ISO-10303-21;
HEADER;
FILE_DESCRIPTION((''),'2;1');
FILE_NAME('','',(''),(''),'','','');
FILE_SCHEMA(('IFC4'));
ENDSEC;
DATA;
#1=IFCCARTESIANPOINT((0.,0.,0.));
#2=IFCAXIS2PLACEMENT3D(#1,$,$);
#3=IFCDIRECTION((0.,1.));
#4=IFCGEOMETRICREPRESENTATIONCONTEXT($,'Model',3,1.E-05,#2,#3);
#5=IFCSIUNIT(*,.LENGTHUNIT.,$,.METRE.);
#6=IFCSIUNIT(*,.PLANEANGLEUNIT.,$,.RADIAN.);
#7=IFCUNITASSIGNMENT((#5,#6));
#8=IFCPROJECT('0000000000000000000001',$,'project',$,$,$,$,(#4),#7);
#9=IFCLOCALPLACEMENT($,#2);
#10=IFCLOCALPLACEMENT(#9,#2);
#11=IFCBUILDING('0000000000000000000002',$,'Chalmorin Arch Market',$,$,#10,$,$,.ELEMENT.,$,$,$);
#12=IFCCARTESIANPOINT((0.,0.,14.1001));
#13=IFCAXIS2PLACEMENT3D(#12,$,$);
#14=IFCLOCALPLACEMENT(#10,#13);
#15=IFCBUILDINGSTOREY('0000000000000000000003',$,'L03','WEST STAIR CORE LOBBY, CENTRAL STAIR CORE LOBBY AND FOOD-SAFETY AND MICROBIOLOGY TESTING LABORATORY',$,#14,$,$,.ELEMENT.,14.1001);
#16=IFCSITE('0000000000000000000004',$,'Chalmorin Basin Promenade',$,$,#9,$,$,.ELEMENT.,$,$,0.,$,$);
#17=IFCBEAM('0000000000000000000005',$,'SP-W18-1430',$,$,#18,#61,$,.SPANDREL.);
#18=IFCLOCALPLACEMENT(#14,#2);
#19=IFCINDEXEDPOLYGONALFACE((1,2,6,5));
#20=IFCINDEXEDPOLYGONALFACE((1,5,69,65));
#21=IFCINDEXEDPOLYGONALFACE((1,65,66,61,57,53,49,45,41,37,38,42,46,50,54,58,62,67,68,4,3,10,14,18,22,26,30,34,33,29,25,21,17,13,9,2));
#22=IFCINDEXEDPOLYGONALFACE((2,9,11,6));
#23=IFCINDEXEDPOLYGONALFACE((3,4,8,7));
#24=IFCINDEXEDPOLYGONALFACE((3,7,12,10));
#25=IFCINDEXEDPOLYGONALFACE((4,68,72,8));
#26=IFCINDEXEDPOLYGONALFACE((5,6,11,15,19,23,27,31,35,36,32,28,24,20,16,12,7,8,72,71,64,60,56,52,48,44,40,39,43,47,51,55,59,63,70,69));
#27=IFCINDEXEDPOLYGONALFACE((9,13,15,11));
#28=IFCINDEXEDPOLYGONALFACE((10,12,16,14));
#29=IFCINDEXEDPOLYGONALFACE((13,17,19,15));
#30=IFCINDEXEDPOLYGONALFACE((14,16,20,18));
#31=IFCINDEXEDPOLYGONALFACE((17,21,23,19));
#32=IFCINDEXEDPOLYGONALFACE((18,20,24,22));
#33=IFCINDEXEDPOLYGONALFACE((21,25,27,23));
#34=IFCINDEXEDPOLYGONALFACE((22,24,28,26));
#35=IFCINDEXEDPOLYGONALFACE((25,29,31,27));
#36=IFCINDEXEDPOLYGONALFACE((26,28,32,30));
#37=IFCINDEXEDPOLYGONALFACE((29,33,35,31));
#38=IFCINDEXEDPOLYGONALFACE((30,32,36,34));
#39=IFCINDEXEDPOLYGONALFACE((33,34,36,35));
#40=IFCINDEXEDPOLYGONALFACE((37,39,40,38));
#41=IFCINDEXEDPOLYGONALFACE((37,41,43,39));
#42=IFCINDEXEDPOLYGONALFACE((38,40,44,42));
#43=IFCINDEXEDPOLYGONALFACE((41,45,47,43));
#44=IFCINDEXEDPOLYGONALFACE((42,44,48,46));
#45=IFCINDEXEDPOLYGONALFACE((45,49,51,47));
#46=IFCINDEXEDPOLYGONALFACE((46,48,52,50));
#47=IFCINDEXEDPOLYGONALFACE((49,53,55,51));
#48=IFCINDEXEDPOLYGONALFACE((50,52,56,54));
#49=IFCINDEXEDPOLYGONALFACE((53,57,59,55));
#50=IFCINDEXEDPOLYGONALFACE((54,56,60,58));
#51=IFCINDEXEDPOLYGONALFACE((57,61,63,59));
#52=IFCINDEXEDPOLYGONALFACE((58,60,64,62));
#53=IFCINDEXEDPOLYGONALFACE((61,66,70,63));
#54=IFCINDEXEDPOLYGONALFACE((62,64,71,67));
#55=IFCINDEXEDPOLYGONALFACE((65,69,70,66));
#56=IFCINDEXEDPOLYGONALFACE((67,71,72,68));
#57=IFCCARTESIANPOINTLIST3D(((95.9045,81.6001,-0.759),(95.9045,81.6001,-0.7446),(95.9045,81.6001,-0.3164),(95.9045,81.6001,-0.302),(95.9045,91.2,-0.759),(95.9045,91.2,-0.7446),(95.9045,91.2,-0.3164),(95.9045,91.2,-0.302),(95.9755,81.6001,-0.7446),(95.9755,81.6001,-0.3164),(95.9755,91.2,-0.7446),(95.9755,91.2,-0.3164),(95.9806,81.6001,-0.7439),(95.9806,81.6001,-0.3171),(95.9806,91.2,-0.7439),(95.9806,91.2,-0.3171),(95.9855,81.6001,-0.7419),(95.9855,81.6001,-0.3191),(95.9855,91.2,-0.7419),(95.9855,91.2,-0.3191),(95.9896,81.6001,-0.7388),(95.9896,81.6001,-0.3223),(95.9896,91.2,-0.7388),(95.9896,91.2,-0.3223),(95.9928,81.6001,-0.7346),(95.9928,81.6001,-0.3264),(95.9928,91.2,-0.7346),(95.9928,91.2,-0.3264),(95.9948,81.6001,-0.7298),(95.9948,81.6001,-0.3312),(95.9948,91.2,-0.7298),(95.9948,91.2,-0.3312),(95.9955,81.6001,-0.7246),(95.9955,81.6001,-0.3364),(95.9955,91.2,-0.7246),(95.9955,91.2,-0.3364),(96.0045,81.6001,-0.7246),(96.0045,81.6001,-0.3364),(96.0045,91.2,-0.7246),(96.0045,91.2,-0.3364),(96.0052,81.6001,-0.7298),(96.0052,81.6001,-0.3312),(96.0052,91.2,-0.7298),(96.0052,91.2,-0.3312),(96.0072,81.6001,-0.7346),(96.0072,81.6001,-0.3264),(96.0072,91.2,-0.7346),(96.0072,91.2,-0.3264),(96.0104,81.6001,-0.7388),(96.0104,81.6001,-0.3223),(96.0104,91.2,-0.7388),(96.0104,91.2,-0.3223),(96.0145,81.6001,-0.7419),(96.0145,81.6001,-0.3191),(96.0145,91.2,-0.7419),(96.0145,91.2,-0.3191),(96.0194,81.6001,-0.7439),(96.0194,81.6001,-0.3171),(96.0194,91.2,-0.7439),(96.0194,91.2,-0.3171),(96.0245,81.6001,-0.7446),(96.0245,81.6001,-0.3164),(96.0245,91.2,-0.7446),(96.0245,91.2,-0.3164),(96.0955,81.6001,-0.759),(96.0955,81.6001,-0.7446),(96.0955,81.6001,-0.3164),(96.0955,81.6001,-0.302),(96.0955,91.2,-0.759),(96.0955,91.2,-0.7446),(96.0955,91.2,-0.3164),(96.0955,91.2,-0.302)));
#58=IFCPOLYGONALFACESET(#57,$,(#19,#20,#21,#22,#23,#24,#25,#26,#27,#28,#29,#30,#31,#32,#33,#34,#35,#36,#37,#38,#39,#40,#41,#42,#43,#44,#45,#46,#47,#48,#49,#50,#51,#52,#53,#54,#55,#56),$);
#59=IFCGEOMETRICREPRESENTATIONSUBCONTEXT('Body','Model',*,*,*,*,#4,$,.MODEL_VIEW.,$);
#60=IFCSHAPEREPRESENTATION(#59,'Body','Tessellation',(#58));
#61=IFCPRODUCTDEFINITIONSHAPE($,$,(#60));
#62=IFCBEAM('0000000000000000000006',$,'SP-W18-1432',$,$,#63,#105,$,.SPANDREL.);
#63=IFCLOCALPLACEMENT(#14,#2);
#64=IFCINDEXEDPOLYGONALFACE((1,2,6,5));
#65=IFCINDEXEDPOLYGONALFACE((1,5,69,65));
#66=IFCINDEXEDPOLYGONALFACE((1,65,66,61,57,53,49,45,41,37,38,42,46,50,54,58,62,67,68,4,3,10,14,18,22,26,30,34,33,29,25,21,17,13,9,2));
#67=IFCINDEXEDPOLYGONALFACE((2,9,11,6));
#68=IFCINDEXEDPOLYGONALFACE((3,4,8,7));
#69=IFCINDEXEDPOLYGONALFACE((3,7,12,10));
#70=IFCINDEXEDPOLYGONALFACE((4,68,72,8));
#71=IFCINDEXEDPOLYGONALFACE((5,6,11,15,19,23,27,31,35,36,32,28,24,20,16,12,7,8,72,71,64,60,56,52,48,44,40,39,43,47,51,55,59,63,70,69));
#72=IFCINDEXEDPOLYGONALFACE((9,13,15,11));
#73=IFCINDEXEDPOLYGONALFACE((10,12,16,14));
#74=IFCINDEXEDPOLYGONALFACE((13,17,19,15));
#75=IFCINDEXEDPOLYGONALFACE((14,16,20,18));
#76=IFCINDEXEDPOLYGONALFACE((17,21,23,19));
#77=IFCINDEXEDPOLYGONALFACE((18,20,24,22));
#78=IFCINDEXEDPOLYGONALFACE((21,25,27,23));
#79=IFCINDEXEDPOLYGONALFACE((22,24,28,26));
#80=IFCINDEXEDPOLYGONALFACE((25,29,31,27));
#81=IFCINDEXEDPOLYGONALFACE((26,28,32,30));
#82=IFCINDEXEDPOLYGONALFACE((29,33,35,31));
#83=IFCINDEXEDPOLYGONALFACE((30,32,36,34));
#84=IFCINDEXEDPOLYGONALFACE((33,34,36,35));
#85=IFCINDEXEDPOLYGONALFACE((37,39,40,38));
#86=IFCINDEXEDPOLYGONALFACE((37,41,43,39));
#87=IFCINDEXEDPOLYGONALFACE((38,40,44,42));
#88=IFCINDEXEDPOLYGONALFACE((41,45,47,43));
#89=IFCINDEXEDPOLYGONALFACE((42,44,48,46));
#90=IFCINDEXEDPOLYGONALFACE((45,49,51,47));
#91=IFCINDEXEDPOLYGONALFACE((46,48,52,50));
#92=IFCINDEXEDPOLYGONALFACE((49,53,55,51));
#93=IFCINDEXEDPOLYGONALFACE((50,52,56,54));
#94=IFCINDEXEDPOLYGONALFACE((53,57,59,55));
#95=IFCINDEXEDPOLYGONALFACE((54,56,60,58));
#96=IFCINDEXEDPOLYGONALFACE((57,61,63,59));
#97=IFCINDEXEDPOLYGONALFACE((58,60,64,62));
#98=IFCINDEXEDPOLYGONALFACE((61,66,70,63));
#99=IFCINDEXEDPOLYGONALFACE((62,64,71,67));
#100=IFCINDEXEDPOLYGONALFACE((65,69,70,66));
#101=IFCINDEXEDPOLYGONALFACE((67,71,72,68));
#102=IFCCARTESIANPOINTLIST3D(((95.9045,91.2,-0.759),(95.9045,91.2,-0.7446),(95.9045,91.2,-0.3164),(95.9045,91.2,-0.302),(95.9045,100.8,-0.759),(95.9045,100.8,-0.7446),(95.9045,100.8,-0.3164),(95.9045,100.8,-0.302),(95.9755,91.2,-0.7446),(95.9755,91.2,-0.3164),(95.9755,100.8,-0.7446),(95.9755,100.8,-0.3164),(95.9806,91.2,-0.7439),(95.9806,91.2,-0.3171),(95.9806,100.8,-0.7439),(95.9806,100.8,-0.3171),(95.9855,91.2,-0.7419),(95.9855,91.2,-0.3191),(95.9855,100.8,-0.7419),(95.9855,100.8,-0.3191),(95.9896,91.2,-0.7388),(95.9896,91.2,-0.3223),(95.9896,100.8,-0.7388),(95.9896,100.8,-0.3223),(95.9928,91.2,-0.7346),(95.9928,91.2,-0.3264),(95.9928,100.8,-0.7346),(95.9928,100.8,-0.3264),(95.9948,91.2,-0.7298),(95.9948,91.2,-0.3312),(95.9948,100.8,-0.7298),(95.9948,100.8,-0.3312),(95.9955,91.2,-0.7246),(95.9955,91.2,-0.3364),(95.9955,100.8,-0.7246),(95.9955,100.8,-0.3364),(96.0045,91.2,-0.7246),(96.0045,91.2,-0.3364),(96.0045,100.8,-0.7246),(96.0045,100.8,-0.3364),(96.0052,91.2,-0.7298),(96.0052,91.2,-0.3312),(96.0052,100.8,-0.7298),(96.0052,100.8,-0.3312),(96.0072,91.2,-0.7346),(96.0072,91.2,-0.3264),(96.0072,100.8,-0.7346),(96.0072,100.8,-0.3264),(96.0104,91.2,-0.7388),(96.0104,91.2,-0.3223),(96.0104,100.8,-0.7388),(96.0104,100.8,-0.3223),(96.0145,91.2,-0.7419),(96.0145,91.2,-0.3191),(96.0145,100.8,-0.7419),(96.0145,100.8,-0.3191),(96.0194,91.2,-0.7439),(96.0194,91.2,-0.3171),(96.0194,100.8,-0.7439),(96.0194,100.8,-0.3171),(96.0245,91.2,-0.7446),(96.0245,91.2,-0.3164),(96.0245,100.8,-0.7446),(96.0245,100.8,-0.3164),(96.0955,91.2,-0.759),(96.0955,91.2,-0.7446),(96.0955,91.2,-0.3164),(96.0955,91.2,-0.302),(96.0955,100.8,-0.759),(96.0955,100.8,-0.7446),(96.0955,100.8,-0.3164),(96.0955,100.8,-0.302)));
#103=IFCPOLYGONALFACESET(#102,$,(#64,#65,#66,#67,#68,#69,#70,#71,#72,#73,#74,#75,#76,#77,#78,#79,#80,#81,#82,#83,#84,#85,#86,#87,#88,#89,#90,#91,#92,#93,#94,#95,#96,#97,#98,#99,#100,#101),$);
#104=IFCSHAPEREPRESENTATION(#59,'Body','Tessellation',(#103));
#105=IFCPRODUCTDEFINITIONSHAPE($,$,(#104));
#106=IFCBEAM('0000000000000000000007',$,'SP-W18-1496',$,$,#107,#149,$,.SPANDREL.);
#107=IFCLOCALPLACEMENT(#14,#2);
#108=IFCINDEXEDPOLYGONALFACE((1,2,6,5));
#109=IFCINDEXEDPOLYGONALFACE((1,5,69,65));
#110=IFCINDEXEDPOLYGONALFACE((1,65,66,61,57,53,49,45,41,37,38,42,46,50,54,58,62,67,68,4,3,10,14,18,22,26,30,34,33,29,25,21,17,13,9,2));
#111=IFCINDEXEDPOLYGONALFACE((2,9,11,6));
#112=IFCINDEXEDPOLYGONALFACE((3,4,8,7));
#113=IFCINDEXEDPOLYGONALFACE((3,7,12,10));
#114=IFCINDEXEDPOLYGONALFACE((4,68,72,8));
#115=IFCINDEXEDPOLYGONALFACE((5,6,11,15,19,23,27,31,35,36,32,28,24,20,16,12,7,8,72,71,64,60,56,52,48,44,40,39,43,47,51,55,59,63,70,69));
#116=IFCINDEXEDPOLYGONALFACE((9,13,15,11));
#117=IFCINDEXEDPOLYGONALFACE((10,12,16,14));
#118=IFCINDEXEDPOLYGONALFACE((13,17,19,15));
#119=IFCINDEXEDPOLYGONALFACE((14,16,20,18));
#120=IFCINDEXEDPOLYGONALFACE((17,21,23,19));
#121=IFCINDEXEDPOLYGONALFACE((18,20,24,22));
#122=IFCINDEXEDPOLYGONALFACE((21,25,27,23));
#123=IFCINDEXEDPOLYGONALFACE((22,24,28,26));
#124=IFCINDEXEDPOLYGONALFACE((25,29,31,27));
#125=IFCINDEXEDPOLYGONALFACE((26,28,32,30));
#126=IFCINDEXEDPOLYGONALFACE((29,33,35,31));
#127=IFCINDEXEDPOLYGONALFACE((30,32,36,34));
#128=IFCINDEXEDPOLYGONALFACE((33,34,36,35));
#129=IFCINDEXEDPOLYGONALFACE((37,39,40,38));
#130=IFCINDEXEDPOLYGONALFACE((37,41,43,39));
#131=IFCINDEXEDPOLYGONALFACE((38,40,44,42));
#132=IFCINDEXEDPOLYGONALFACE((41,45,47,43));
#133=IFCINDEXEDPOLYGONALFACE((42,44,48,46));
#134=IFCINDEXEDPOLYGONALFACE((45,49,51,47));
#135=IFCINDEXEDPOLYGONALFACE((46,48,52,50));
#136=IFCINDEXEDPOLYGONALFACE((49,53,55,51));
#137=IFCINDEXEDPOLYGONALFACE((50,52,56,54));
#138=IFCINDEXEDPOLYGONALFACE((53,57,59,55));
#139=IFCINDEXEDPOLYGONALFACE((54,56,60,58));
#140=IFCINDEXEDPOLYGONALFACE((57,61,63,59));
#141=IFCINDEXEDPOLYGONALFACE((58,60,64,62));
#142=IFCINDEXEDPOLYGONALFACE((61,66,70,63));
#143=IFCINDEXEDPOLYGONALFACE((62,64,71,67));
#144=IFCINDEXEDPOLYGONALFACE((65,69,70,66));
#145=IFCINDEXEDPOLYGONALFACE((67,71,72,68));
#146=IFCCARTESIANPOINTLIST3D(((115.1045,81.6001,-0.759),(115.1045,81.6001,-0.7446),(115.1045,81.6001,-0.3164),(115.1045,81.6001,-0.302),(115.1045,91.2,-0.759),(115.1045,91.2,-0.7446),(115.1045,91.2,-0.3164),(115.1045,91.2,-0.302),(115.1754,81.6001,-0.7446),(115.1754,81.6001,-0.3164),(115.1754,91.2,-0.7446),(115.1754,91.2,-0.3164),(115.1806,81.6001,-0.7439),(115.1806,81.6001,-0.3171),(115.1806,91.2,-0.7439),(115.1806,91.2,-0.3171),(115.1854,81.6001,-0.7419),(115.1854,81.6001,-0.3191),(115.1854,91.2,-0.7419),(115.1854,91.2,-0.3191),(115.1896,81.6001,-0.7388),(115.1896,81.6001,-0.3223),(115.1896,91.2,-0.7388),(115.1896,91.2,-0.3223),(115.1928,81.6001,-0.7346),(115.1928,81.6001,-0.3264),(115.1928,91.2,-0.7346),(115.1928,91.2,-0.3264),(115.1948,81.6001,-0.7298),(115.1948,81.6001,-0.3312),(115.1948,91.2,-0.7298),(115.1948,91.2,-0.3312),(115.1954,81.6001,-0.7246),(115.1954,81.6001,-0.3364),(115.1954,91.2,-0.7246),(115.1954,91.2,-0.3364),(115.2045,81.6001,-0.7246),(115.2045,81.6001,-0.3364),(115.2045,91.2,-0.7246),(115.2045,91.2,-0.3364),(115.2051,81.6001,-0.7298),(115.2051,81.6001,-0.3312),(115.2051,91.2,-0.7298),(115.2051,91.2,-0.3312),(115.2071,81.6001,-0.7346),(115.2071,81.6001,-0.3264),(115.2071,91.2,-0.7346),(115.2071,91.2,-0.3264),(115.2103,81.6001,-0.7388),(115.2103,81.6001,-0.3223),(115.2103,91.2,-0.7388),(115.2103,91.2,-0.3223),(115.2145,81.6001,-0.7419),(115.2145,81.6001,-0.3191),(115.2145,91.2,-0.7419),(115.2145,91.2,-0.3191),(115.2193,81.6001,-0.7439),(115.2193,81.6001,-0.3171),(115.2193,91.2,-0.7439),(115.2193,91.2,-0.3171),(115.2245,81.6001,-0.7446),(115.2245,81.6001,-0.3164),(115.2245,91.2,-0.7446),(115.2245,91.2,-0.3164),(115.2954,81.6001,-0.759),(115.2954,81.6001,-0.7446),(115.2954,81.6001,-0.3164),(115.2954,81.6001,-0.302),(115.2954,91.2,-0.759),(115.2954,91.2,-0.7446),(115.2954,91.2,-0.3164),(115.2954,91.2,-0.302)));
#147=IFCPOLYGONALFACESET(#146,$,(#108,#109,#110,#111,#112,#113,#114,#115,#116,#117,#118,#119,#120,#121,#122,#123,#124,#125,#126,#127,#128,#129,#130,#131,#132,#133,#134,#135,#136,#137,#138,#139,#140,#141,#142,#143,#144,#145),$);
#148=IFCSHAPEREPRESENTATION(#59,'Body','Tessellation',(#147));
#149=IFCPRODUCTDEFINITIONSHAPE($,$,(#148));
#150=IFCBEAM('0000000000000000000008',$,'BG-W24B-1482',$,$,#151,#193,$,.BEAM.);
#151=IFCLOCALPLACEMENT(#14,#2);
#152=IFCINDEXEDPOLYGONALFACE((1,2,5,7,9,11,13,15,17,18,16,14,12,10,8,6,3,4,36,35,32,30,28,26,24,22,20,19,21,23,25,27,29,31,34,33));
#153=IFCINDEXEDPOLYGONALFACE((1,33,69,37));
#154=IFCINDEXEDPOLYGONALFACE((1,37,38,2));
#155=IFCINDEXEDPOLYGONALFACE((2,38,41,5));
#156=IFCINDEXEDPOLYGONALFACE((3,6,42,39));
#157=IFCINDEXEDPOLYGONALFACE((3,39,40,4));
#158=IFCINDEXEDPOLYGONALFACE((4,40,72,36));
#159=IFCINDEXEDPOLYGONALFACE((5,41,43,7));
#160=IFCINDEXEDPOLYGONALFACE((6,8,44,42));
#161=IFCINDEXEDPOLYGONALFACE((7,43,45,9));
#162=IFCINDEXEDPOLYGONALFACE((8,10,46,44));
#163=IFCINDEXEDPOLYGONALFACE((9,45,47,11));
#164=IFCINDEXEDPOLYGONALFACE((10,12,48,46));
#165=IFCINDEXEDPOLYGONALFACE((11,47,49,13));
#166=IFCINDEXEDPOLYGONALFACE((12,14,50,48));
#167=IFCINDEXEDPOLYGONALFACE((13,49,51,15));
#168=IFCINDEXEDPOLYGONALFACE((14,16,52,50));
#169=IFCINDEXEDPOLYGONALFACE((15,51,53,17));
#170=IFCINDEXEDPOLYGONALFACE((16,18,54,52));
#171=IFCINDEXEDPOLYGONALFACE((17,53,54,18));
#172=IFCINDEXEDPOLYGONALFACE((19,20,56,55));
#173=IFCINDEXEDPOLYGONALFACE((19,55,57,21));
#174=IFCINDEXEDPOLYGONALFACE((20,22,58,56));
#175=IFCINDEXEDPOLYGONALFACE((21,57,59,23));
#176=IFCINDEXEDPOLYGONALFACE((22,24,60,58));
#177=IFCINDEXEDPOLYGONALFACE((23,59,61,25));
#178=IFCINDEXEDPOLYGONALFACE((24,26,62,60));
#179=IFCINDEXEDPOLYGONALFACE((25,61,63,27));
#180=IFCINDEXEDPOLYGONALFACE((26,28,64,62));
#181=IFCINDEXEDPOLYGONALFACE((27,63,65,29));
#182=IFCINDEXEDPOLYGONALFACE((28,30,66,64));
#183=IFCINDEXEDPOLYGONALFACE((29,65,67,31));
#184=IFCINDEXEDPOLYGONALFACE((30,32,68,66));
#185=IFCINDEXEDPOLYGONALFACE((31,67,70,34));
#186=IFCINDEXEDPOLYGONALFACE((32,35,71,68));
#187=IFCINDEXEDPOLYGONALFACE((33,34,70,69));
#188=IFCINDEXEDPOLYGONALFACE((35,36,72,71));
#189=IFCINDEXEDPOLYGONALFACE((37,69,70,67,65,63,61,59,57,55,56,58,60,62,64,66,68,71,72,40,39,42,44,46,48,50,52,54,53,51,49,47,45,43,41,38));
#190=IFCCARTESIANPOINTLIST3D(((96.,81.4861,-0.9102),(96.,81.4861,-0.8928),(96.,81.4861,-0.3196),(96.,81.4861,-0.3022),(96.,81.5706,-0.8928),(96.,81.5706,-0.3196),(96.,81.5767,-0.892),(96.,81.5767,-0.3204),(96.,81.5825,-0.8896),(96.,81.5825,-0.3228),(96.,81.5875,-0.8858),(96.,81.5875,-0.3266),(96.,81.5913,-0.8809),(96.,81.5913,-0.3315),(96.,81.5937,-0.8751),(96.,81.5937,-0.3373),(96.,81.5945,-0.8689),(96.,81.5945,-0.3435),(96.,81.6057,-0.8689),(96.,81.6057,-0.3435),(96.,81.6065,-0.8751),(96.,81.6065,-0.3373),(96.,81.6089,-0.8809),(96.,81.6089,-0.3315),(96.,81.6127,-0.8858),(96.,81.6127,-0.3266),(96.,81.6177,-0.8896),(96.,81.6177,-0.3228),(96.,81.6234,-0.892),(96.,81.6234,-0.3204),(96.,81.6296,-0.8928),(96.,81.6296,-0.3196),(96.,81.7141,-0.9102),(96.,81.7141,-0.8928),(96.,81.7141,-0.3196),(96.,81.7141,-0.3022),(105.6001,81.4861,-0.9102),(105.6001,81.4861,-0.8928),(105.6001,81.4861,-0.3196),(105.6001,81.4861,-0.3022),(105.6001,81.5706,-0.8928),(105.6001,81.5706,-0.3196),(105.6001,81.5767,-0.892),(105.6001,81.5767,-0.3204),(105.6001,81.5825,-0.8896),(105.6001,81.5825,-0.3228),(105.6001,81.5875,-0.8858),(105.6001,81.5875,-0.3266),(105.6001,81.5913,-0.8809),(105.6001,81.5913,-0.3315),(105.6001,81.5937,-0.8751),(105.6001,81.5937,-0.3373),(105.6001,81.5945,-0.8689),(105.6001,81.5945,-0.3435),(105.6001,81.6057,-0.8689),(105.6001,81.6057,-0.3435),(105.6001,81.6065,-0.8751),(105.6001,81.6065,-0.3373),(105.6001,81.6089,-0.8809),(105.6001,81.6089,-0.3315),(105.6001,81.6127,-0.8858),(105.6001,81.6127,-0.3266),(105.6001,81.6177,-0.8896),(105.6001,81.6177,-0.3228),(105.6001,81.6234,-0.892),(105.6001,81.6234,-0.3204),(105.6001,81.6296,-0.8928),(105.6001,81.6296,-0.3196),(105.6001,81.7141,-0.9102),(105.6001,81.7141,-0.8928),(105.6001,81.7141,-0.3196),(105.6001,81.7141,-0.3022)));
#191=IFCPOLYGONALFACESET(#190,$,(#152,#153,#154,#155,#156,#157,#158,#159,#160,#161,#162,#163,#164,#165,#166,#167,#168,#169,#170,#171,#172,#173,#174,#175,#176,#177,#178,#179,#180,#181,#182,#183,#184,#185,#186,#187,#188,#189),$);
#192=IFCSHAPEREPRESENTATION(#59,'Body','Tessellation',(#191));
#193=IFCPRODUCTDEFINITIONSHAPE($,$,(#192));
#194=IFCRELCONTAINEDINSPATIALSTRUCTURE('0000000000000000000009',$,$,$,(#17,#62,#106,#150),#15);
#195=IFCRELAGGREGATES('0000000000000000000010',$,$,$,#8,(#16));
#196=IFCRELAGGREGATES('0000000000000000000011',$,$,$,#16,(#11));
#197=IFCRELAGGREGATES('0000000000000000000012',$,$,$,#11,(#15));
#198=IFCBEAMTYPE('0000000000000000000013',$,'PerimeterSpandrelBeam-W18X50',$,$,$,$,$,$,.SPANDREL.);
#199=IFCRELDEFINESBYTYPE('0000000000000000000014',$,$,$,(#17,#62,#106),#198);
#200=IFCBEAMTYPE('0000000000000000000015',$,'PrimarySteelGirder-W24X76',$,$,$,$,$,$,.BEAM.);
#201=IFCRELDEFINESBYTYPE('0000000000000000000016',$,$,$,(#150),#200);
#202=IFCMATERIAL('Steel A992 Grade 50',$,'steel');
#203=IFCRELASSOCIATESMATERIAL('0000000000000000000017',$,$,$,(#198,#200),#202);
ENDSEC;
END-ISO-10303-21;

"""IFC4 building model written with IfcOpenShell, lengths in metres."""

from ifc_helpers import new_model, si_unit, direction, frame, origin, origin_2d, place, context, subcontext, project, spatial, i_section, extrude, material, material_profile, profile_set, type_object, element, save


model = new_model("IFC4")

# Units and contexts
model_context = context("Model", 3, precision=1e-05, world=origin(), true_north=direction((0.0, 1.0)))
body_context = subcontext(model_context, "Body", "Model", "MODEL_VIEW")
ifc_project = project(units=[si_unit("LENGTHUNIT", "METRE"), si_unit("PLANEANGLEUNIT", "RADIAN")], contexts=[model_context])

# Site, building, storey
site_placement = place(None, origin())
site = spatial("IfcSite", under=ifc_project, at=site_placement, Name="Chalmorin Basin Promenade", CompositionType="ELEMENT", RefElevation=0.0)
building_placement = place(site_placement, origin())
building = spatial("IfcBuilding", under=site, at=building_placement, Name="Chalmorin Arch Market", CompositionType="ELEMENT")
storey_placement = place(building_placement, frame((0.0, 0.0, 14.1001)))
storey = spatial("IfcBuildingStorey", under=building, at=storey_placement, Name="L03", Description="WEST STAIR CORE LOBBY, CENTRAL STAIR CORE LOBBY AND FOOD-SAFETY AND MICROBIOLOGY TESTING LABORATORY", CompositionType="ELEMENT", Elevation=14.1001)

# Beams
ifc_material_1 = material(Name="Steel A992 Grade 50", Category="steel")
ifc_material_profile_1 = material_profile(ifc_material_1, i_section(OverallWidth=0.1909, OverallDepth=0.457, WebThickness=0.009, FlangeThickness=0.0144, FilletRadius=0.02, at=origin_2d()), Name="W18X50")
ifc_profile_set_1 = profile_set([ifc_material_profile_1], Name="Steel A992 Grade 50")
beam_type_1 = type_object("IfcBeamType", Name="PerimeterSpandrelBeam-W18X50", PredefinedType="SPANDREL", material=ifc_profile_set_1)
beam_1_placement = place(storey_placement, frame((96.0, 81.6001, -0.5305), z_axis=(0.0, 1.0, 0.0), x_axis=(-1.0, 0.0, 0.0)))
element("IfcBeam", 1, at=beam_1_placement, inside=storey, type_object=beam_type_1, Name="SP-W18-1430", PredefinedType="SPANDREL", context=body_context, shape_type="SweptSolid", body=[
    extrude(i_section(OverallWidth=0.1909, OverallDepth=0.457, WebThickness=0.009, FlangeThickness=0.0144, FilletRadius=0.02, at=origin_2d()), origin(), (0.0, 0.0, 1.0), 9.5999),
])
beam_2_placement = place(storey_placement, frame((96.0, 91.2, -0.5305), z_axis=(0.0, 1.0, 0.0), x_axis=(-1.0, 0.0, 0.0)))
element("IfcBeam", 2, at=beam_2_placement, inside=storey, type_object=beam_type_1, Name="SP-W18-1432", PredefinedType="SPANDREL", context=body_context, shape_type="SweptSolid", body=[
    extrude(i_section(OverallWidth=0.1909, OverallDepth=0.457, WebThickness=0.009, FlangeThickness=0.0144, FilletRadius=0.02, at=origin_2d()), origin(), (0.0, 0.0, 1.0), 9.6001),
])
beam_3_placement = place(storey_placement, frame((115.2, 81.6001, -0.5305), z_axis=(0.0, 1.0, 0.0), x_axis=(-1.0, 0.0, 0.0)))
element("IfcBeam", 3, at=beam_3_placement, inside=storey, type_object=beam_type_1, Name="SP-W18-1496", PredefinedType="SPANDREL", context=body_context, shape_type="SweptSolid", body=[
    extrude(i_section(OverallWidth=0.1909, OverallDepth=0.457, WebThickness=0.009, FlangeThickness=0.0144, FilletRadius=0.02, at=origin_2d()), origin(), (0.0, 0.0, 1.0), 9.5999),
])
ifc_material_profile_2 = material_profile(ifc_material_1, i_section(OverallWidth=0.228, OverallDepth=0.6079, WebThickness=0.0112, FlangeThickness=0.0173, FilletRadius=0.0239, at=origin_2d()), Name="W24X76")
ifc_profile_set_2 = profile_set([ifc_material_profile_2], Name="Steel A992 Grade 50")
beam_type_2 = type_object("IfcBeamType", Name="PrimarySteelGirder-W24X76", PredefinedType="BEAM", material=ifc_profile_set_2)
for number, where, z_axis, x_axis, name in (
    (4, (96.0, 81.6001, -0.6062), (1.0, 0.0, 0.0), (0.0, 1.0, 0.0), "BG-W24B-1482"),
):
    element("IfcBeam", number, at=place(storey_placement, frame(where, z_axis=z_axis, x_axis=x_axis)), inside=storey, type_object=beam_type_2, Name=name, PredefinedType="BEAM", context=body_context, shape_type="SweptSolid", body=[
        extrude(i_section(OverallWidth=0.228, OverallDepth=0.6079, WebThickness=0.0112, FlangeThickness=0.0173, FilletRadius=0.0239, at=origin_2d()), origin(), (0.0, 0.0, 1.0), 9.6001),
    ])

save(model, "model.ifc")
